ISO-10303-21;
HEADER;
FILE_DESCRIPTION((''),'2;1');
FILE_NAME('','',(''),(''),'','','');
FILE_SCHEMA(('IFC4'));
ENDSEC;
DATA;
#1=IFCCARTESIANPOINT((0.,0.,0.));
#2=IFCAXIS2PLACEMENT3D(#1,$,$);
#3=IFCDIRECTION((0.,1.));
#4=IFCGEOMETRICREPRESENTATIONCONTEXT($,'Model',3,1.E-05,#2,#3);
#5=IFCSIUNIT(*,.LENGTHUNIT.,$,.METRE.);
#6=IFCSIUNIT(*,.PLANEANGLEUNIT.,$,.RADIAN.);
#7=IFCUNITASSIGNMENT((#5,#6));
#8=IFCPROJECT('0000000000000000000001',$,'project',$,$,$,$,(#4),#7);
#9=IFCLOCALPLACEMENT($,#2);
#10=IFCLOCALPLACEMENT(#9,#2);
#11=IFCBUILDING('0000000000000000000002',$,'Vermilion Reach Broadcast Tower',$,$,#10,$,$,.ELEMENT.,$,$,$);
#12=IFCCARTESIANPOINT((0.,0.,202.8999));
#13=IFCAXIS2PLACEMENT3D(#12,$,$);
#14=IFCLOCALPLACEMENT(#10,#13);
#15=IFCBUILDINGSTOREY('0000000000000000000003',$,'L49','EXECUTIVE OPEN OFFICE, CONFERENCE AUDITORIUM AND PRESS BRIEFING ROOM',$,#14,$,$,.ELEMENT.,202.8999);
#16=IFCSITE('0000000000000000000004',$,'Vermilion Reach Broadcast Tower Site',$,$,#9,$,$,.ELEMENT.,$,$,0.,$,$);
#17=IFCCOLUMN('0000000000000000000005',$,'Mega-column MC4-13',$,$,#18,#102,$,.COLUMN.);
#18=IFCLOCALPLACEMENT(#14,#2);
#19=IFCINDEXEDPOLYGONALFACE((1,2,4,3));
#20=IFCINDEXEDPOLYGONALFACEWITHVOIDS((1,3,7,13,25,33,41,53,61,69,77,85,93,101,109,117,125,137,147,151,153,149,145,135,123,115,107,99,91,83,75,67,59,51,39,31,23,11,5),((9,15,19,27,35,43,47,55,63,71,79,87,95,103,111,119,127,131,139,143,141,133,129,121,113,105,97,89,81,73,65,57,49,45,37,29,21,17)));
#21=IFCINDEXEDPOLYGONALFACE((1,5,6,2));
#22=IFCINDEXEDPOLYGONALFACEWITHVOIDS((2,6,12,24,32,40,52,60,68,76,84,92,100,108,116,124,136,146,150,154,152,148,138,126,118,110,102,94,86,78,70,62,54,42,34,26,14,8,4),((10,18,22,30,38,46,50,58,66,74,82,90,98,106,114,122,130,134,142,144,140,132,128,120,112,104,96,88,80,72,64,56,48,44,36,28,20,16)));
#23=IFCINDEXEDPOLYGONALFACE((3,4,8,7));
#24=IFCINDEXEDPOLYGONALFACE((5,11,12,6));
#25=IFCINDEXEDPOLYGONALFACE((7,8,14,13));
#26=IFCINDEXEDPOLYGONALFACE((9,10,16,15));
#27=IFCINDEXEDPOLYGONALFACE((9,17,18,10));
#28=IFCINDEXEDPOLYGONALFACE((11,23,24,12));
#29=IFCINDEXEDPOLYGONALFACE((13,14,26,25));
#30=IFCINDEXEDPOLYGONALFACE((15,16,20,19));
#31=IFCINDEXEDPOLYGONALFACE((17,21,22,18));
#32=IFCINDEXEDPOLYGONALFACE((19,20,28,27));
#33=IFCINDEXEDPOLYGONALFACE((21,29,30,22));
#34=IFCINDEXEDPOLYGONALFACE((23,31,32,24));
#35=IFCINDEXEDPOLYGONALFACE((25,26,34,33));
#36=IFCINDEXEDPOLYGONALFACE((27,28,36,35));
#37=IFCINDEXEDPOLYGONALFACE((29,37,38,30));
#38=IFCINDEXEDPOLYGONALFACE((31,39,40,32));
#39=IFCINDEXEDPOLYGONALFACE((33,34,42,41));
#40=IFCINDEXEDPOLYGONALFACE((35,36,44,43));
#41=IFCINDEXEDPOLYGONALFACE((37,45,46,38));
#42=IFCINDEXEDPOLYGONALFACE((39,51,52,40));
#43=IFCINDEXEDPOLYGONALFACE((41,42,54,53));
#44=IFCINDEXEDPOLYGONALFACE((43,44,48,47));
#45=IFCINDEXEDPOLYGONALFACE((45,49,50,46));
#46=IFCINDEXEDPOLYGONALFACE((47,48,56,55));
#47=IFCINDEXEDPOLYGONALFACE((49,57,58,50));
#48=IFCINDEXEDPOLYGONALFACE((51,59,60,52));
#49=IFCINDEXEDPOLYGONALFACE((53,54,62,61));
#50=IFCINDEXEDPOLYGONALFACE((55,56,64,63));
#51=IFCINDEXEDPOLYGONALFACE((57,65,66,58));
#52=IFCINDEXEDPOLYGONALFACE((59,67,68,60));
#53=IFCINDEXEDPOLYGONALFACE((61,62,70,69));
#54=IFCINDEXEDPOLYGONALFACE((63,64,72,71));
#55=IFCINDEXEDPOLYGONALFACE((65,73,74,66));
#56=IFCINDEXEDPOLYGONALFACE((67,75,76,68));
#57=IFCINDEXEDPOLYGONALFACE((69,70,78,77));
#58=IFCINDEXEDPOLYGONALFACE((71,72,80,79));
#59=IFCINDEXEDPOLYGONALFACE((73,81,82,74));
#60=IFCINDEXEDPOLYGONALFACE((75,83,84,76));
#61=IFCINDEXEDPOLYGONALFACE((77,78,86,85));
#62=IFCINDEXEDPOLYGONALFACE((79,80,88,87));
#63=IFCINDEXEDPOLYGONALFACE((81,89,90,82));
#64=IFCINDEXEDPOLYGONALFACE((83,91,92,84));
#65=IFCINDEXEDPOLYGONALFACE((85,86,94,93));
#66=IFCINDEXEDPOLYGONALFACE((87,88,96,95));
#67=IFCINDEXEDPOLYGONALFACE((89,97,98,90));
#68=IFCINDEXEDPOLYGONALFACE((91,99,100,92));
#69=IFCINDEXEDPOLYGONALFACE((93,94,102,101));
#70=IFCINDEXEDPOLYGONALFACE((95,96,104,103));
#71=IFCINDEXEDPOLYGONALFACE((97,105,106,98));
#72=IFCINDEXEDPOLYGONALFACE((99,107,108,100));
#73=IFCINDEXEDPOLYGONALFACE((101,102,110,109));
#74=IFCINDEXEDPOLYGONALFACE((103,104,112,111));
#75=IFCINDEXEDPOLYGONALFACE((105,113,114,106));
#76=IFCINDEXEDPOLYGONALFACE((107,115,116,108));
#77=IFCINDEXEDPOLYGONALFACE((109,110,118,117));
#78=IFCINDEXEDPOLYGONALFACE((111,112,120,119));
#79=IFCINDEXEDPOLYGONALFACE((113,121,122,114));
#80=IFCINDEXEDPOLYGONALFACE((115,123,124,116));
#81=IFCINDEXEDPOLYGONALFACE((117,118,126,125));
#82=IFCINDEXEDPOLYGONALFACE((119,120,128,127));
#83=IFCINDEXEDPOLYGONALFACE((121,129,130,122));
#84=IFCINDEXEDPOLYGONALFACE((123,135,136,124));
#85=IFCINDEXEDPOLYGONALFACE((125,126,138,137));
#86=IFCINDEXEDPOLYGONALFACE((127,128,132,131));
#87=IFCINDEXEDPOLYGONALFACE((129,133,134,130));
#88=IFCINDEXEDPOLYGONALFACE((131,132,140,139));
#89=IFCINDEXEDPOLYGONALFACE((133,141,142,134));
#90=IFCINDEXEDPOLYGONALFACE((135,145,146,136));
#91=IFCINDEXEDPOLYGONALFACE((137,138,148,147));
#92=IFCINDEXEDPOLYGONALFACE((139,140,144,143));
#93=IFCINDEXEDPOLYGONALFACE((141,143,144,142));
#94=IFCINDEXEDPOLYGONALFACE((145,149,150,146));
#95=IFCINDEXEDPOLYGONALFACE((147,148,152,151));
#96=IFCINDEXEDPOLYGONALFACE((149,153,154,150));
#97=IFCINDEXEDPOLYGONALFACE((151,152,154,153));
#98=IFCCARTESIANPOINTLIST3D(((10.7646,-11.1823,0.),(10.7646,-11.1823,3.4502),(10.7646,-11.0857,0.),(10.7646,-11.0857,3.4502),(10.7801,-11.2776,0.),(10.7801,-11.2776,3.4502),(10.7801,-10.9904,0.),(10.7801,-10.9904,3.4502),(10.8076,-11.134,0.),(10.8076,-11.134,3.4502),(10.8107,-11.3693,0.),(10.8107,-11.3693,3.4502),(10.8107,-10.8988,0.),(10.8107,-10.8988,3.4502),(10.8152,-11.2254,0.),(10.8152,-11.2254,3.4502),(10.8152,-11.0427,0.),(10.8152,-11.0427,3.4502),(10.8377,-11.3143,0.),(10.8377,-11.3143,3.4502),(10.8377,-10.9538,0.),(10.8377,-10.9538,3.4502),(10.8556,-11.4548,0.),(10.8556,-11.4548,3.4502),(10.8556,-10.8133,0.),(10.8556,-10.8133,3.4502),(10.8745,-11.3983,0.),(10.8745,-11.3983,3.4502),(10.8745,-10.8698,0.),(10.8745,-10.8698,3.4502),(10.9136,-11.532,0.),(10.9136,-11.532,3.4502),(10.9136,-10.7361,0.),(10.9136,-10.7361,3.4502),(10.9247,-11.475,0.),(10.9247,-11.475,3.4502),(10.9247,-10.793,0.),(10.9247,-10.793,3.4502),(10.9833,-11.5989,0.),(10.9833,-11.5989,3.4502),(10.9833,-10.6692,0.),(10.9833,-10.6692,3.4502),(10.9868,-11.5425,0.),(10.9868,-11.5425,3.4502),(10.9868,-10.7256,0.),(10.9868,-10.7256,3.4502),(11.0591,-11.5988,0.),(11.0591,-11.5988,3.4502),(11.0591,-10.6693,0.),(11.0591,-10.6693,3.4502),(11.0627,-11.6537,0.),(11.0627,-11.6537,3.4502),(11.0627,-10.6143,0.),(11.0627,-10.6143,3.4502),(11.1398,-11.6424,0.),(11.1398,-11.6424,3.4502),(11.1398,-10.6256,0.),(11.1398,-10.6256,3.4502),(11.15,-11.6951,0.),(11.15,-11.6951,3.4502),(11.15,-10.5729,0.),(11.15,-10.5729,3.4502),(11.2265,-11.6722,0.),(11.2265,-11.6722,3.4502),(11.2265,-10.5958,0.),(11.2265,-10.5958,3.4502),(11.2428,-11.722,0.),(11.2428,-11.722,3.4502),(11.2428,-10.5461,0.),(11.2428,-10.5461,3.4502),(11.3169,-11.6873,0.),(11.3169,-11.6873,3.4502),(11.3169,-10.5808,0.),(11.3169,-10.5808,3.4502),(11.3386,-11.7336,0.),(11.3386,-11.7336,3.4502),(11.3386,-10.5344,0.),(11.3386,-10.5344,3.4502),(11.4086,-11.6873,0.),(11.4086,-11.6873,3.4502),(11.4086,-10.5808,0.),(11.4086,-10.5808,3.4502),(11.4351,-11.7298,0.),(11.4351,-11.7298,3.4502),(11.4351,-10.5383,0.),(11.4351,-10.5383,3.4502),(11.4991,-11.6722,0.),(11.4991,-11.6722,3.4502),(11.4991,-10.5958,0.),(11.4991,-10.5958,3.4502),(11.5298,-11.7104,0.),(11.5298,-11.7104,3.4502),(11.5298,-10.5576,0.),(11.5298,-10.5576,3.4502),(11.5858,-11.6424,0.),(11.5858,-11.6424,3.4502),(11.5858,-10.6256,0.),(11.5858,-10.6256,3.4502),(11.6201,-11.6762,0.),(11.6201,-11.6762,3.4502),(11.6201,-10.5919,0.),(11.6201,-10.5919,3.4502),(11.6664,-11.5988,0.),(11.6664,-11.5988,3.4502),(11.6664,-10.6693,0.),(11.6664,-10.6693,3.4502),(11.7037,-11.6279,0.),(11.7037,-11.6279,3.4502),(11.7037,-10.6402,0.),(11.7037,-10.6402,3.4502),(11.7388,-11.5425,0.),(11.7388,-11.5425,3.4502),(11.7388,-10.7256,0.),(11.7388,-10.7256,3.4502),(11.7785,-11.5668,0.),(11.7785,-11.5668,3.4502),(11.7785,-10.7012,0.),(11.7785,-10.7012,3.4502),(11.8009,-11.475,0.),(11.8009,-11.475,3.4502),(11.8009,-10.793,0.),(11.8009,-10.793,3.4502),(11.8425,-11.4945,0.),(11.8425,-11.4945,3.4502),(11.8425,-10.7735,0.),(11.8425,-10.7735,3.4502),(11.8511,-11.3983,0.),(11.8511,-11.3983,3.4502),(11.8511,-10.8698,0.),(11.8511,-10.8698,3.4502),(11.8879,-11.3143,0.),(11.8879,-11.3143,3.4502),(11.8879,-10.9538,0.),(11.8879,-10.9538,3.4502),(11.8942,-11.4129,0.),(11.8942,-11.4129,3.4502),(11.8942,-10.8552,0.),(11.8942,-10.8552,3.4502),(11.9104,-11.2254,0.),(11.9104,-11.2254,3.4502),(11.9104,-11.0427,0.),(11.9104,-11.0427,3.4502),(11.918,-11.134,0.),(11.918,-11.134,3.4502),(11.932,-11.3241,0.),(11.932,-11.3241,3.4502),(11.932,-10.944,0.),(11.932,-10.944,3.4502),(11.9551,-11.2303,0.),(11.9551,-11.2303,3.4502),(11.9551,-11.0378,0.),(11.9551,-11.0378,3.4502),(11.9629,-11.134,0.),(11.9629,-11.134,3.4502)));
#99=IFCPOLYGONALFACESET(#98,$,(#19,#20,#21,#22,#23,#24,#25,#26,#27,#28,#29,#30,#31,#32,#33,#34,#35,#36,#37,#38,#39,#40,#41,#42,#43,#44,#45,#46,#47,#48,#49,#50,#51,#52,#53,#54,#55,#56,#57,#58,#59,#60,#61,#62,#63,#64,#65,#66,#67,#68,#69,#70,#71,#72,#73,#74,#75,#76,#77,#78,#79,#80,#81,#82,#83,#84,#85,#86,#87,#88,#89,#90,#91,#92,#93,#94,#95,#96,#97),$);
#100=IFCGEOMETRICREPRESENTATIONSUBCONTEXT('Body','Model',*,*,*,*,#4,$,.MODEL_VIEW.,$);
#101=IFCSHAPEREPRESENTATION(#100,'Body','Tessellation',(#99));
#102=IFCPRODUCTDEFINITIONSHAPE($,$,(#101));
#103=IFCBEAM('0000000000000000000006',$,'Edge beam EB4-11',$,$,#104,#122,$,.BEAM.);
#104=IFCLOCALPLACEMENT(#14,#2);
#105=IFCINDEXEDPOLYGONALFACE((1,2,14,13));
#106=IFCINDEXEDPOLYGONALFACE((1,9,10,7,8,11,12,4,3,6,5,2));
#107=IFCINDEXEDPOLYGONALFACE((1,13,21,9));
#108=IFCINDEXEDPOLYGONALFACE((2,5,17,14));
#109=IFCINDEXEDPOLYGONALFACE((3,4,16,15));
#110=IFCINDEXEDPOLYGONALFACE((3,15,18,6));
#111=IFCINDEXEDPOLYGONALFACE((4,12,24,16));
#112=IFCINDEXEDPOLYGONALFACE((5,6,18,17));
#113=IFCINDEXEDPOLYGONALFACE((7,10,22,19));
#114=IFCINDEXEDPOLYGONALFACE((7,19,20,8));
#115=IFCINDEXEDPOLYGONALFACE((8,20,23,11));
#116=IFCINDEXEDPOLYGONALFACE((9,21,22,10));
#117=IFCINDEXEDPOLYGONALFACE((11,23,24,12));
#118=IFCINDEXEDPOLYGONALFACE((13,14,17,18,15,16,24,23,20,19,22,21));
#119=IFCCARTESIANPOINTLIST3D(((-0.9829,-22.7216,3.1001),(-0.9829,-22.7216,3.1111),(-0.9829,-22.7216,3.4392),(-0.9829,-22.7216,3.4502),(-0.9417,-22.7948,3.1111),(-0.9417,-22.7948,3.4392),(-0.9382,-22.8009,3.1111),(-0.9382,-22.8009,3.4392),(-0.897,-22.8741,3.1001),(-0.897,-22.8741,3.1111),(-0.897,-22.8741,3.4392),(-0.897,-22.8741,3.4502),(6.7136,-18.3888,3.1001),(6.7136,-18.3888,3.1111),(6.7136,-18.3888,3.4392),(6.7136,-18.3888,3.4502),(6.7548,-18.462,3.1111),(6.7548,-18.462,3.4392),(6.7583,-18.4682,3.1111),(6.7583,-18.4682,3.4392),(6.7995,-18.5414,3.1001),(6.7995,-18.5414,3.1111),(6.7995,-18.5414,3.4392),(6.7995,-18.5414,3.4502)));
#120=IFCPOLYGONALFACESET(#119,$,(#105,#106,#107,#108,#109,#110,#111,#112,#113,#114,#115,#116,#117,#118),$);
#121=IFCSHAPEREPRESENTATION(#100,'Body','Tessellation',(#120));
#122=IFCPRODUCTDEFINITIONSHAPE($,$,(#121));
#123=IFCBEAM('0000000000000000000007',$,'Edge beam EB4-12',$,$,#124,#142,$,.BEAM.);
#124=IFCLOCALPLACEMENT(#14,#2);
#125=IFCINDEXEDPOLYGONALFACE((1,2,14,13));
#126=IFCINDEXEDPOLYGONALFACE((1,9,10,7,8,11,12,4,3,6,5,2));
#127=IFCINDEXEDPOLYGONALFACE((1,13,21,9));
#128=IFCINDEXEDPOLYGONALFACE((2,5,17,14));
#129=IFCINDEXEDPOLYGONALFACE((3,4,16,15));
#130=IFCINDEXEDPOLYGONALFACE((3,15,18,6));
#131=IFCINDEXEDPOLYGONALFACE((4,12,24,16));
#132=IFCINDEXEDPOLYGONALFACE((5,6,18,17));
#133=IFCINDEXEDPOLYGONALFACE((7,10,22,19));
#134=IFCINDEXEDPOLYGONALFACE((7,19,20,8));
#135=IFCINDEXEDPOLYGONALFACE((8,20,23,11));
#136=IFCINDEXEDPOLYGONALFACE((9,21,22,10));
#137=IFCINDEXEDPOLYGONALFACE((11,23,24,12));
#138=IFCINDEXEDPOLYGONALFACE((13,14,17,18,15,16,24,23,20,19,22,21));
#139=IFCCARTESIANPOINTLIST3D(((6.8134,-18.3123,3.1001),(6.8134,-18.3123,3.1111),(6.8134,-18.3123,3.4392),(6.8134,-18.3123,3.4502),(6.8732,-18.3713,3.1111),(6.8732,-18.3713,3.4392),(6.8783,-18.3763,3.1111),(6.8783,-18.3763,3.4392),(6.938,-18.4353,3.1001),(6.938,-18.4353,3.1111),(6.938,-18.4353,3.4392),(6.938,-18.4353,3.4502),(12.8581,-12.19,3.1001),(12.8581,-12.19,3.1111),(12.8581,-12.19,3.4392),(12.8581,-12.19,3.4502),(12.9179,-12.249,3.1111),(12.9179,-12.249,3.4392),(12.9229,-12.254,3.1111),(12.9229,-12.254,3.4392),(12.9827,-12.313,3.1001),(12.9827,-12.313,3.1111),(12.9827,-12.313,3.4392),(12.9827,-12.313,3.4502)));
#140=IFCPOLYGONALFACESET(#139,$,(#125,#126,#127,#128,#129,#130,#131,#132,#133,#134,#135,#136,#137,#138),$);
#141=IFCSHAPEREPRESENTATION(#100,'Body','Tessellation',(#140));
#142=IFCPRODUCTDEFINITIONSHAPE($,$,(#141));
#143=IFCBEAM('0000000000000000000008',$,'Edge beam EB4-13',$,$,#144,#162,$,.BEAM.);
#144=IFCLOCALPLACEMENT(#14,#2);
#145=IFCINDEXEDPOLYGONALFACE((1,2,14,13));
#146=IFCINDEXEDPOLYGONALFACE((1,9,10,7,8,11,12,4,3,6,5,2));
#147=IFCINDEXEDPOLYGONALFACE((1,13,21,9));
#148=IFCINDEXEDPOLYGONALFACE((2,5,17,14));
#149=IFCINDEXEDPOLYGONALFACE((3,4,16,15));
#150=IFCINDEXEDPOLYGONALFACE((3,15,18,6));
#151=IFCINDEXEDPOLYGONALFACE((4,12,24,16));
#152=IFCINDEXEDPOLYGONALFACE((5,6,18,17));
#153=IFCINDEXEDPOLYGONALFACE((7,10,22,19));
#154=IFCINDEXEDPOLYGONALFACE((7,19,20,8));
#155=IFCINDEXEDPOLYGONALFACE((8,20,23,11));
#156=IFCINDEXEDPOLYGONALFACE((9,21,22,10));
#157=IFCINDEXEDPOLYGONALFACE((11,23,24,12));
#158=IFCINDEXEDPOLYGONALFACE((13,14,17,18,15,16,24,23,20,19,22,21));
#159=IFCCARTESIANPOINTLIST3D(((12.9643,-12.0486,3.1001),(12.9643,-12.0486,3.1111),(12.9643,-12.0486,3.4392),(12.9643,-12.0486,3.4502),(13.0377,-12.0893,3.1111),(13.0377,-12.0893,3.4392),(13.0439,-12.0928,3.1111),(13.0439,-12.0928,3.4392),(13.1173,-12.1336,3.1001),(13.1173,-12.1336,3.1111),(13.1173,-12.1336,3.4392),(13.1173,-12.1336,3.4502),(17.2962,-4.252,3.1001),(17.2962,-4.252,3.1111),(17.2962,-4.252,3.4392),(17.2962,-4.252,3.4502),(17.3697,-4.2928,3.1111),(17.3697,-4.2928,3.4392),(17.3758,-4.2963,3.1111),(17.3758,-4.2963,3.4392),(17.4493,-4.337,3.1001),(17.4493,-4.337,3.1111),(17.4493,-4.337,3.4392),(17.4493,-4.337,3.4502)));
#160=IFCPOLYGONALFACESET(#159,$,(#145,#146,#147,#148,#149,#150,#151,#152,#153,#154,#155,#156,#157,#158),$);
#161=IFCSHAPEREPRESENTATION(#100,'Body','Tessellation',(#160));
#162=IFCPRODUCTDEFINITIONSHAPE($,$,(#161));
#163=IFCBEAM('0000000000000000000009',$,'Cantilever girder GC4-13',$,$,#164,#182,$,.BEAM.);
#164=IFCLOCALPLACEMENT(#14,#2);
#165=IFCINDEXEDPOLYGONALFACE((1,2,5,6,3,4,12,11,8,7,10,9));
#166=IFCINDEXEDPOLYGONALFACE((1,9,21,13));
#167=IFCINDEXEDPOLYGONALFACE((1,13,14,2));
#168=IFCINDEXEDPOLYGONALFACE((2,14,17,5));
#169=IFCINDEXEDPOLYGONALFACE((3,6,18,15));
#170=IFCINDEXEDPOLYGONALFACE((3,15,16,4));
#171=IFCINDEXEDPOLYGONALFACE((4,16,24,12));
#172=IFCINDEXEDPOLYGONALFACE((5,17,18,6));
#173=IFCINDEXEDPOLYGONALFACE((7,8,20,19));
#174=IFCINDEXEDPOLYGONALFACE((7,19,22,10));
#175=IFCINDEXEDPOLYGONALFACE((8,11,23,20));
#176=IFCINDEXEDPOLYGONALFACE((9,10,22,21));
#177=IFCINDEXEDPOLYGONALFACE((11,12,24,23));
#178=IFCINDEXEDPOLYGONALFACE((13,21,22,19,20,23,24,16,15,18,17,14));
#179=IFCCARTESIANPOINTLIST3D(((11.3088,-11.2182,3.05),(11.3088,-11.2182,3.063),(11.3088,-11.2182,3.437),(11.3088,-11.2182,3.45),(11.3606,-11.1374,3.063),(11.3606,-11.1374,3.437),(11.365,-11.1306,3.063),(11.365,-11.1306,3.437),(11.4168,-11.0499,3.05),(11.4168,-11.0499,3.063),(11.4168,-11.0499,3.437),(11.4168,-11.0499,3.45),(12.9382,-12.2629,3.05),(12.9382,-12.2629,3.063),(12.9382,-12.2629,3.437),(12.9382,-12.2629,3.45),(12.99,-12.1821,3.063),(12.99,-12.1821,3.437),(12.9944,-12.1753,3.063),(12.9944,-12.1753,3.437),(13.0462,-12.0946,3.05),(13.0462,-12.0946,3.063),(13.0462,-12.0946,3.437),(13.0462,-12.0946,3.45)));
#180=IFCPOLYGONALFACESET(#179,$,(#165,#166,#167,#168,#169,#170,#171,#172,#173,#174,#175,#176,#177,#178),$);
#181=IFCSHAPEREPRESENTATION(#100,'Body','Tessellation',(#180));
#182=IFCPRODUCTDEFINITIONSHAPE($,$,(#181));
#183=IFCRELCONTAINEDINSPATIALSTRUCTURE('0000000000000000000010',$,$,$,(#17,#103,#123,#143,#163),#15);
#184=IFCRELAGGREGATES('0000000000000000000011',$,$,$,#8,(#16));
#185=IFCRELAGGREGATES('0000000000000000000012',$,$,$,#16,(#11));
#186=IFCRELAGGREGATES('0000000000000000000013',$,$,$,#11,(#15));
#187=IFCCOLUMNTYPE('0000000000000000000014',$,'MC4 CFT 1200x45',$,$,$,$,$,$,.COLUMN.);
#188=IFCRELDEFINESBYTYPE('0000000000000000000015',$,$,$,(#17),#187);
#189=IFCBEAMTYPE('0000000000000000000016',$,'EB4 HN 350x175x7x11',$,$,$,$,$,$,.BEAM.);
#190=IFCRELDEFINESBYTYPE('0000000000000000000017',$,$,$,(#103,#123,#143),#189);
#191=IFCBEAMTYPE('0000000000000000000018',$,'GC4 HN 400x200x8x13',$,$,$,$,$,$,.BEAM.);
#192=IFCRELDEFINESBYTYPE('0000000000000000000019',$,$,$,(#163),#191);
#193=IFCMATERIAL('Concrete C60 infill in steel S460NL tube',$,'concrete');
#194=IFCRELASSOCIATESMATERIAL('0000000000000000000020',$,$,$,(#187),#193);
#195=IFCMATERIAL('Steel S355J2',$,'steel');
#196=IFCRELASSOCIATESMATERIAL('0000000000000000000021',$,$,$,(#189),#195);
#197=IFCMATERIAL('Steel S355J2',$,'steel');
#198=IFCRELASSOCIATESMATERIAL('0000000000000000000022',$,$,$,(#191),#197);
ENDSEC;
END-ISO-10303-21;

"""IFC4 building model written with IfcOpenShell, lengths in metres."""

from ifc_helpers import new_model, si_unit, direction, frame, origin, origin_2d, place, context, subcontext, project, spatial, hollow_circle, i_section, extrude, material, material_profile, profile_set, type_object, element, save


model = new_model("IFC4")

# Units and contexts
model_context = context("Model", 3, precision=1e-05, world=origin(), true_north=direction((0.0, 1.0)))
body_context = subcontext(model_context, "Body", "Model", "MODEL_VIEW")
ifc_project = project(units=[si_unit("LENGTHUNIT", "METRE"), si_unit("PLANEANGLEUNIT", "RADIAN")], contexts=[model_context])

# Site, building, storey
site_placement = place(None, origin())
site = spatial("IfcSite", under=ifc_project, at=site_placement, Name="Vermilion Reach Broadcast Tower Site", CompositionType="ELEMENT", RefElevation=0.0)
building_placement = place(site_placement, origin())
building = spatial("IfcBuilding", under=site, at=building_placement, Name="Vermilion Reach Broadcast Tower", CompositionType="ELEMENT")
storey_placement = place(building_placement, frame((0.0, 0.0, 202.8999)))
storey = spatial("IfcBuildingStorey", under=building, at=storey_placement, Name="L49", Description="EXECUTIVE OPEN OFFICE, CONFERENCE AUDITORIUM AND PRESS BRIEFING ROOM", CompositionType="ELEMENT", Elevation=202.8999)

# Column
ifc_material_1 = material(Name="Concrete C60 infill in steel S460NL tube", Category="concrete")
ifc_material_profile_1 = material_profile(ifc_material_1, hollow_circle(Radius=0.6001, WallThickness=0.0449, at=origin_2d()), Name="Concrete C60 infill in steel S460NL tube CFT 1200x45")
ifc_profile_set_1 = profile_set([ifc_material_profile_1], Name="Concrete C60 infill in steel S460NL tube")
column_type = type_object("IfcColumnType", Name="MC4 CFT 1200x45", PredefinedType="COLUMN", material=ifc_profile_set_1)
for number, where, z_axis, x_axis, name in (
    (1, (11.3628, -11.134, 0.0), (0.0, 0.0, 1.0), (1.0, 0.0, 0.0), "Mega-column MC4-13"),
):
    element("IfcColumn", number, at=place(storey_placement, frame(where, z_axis=z_axis, x_axis=x_axis)), inside=storey, type_object=column_type, Name=name, PredefinedType="COLUMN", context=body_context, shape_type="SweptSolid", body=[
        extrude(hollow_circle(Radius=0.6001, WallThickness=0.0449, at=origin_2d()), origin(), (0.0, 0.0, 1.0), 3.4502),
    ])

# Beams
ifc_material_2 = material(Name="Steel S355J2", Category="steel")
ifc_material_profile_2 = material_profile(ifc_material_2, i_section(OverallWidth=0.175, OverallDepth=0.3501, WebThickness=0.0071, FlangeThickness=0.011, at=origin_2d()), Name="S355J2 HN 350x175x7x11")
ifc_profile_set_2 = profile_set([ifc_material_profile_2], Name="Steel S355J2")
beam_type_1 = type_object("IfcBeamType", Name="EB4 HN 350x175x7x11", PredefinedType="BEAM", material=ifc_profile_set_2)
beam_1_placement = place(storey_placement, frame((-0.9399, -22.7979, 3.2751), z_axis=(0.871408, 0.490559, 0.0), x_axis=(-0.490559, 0.871408, 0.0)))
element("IfcBeam", 2, at=beam_1_placement, inside=storey, type_object=beam_type_1, Name="Edge beam EB4-11", PredefinedType="BEAM", context=body_context, shape_type="SweptSolid", body=[
    extrude(i_section(OverallWidth=0.175, OverallDepth=0.3501, WebThickness=0.0071, FlangeThickness=0.011, at=origin_2d()), origin(), (0.0, 0.0, 1.0), 8.8323),
])
beam_2_placement = place(storey_placement, frame((6.8757, -18.3738, 3.2751), z_axis=(0.70258, 0.711604, 0.0), x_axis=(-0.711604, 0.70258, 0.0)))
element("IfcBeam", 3, at=beam_2_placement, inside=storey, type_object=beam_type_1, Name="Edge beam EB4-12", PredefinedType="BEAM", context=body_context, shape_type="SweptSolid", body=[
    extrude(i_section(OverallWidth=0.175, OverallDepth=0.3501, WebThickness=0.0071, FlangeThickness=0.011, at=origin_2d()), origin(), (0.0, 0.0, 1.0), 8.6035),
])
beam_3_placement = place(storey_placement, frame((13.0408, -12.0911, 3.2751), z_axis=(0.485692, 0.87413, 0.0), x_axis=(-0.87413, 0.485692, 0.0)))
element("IfcBeam", 4, at=beam_3_placement, inside=storey, type_object=beam_type_1, Name="Edge beam EB4-13", PredefinedType="BEAM", context=body_context, shape_type="SweptSolid", body=[
    extrude(i_section(OverallWidth=0.175, OverallDepth=0.3501, WebThickness=0.0071, FlangeThickness=0.011, at=origin_2d()), origin(), (0.0, 0.0, 1.0), 8.9192),
])
ifc_material_3 = material(Name="Steel S355J2", Category="steel")
ifc_material_profile_3 = material_profile(ifc_material_3, i_section(OverallWidth=0.2, OverallDepth=0.3999, WebThickness=0.0081, FlangeThickness=0.0129, at=origin_2d()), Name="S355J2 HN 400x200x8x13")
ifc_profile_set_3 = profile_set([ifc_material_profile_3], Name="Steel S355J2")
beam_type_2 = type_object("IfcBeamType", Name="GC4 HN 400x200x8x13", PredefinedType="BEAM", material=ifc_profile_set_3)
beam_4_placement = place(storey_placement, frame((11.3628, -11.134, 3.25), z_axis=(0.841834, -0.539737, 0.0), x_axis=(0.539737, 0.841834, 0.0)))
element("IfcBeam", 5, at=beam_4_placement, inside=storey, type_object=beam_type_2, Name="Cantilever girder GC4-13", PredefinedType="BEAM", context=body_context, shape_type="SweptSolid", body=[
    extrude(i_section(OverallWidth=0.2, OverallDepth=0.3999, WebThickness=0.0081, FlangeThickness=0.0129, at=origin_2d()), origin(), (0.0, 0.0, 1.0), 1.9355),
])

save(model, "model.ifc")
